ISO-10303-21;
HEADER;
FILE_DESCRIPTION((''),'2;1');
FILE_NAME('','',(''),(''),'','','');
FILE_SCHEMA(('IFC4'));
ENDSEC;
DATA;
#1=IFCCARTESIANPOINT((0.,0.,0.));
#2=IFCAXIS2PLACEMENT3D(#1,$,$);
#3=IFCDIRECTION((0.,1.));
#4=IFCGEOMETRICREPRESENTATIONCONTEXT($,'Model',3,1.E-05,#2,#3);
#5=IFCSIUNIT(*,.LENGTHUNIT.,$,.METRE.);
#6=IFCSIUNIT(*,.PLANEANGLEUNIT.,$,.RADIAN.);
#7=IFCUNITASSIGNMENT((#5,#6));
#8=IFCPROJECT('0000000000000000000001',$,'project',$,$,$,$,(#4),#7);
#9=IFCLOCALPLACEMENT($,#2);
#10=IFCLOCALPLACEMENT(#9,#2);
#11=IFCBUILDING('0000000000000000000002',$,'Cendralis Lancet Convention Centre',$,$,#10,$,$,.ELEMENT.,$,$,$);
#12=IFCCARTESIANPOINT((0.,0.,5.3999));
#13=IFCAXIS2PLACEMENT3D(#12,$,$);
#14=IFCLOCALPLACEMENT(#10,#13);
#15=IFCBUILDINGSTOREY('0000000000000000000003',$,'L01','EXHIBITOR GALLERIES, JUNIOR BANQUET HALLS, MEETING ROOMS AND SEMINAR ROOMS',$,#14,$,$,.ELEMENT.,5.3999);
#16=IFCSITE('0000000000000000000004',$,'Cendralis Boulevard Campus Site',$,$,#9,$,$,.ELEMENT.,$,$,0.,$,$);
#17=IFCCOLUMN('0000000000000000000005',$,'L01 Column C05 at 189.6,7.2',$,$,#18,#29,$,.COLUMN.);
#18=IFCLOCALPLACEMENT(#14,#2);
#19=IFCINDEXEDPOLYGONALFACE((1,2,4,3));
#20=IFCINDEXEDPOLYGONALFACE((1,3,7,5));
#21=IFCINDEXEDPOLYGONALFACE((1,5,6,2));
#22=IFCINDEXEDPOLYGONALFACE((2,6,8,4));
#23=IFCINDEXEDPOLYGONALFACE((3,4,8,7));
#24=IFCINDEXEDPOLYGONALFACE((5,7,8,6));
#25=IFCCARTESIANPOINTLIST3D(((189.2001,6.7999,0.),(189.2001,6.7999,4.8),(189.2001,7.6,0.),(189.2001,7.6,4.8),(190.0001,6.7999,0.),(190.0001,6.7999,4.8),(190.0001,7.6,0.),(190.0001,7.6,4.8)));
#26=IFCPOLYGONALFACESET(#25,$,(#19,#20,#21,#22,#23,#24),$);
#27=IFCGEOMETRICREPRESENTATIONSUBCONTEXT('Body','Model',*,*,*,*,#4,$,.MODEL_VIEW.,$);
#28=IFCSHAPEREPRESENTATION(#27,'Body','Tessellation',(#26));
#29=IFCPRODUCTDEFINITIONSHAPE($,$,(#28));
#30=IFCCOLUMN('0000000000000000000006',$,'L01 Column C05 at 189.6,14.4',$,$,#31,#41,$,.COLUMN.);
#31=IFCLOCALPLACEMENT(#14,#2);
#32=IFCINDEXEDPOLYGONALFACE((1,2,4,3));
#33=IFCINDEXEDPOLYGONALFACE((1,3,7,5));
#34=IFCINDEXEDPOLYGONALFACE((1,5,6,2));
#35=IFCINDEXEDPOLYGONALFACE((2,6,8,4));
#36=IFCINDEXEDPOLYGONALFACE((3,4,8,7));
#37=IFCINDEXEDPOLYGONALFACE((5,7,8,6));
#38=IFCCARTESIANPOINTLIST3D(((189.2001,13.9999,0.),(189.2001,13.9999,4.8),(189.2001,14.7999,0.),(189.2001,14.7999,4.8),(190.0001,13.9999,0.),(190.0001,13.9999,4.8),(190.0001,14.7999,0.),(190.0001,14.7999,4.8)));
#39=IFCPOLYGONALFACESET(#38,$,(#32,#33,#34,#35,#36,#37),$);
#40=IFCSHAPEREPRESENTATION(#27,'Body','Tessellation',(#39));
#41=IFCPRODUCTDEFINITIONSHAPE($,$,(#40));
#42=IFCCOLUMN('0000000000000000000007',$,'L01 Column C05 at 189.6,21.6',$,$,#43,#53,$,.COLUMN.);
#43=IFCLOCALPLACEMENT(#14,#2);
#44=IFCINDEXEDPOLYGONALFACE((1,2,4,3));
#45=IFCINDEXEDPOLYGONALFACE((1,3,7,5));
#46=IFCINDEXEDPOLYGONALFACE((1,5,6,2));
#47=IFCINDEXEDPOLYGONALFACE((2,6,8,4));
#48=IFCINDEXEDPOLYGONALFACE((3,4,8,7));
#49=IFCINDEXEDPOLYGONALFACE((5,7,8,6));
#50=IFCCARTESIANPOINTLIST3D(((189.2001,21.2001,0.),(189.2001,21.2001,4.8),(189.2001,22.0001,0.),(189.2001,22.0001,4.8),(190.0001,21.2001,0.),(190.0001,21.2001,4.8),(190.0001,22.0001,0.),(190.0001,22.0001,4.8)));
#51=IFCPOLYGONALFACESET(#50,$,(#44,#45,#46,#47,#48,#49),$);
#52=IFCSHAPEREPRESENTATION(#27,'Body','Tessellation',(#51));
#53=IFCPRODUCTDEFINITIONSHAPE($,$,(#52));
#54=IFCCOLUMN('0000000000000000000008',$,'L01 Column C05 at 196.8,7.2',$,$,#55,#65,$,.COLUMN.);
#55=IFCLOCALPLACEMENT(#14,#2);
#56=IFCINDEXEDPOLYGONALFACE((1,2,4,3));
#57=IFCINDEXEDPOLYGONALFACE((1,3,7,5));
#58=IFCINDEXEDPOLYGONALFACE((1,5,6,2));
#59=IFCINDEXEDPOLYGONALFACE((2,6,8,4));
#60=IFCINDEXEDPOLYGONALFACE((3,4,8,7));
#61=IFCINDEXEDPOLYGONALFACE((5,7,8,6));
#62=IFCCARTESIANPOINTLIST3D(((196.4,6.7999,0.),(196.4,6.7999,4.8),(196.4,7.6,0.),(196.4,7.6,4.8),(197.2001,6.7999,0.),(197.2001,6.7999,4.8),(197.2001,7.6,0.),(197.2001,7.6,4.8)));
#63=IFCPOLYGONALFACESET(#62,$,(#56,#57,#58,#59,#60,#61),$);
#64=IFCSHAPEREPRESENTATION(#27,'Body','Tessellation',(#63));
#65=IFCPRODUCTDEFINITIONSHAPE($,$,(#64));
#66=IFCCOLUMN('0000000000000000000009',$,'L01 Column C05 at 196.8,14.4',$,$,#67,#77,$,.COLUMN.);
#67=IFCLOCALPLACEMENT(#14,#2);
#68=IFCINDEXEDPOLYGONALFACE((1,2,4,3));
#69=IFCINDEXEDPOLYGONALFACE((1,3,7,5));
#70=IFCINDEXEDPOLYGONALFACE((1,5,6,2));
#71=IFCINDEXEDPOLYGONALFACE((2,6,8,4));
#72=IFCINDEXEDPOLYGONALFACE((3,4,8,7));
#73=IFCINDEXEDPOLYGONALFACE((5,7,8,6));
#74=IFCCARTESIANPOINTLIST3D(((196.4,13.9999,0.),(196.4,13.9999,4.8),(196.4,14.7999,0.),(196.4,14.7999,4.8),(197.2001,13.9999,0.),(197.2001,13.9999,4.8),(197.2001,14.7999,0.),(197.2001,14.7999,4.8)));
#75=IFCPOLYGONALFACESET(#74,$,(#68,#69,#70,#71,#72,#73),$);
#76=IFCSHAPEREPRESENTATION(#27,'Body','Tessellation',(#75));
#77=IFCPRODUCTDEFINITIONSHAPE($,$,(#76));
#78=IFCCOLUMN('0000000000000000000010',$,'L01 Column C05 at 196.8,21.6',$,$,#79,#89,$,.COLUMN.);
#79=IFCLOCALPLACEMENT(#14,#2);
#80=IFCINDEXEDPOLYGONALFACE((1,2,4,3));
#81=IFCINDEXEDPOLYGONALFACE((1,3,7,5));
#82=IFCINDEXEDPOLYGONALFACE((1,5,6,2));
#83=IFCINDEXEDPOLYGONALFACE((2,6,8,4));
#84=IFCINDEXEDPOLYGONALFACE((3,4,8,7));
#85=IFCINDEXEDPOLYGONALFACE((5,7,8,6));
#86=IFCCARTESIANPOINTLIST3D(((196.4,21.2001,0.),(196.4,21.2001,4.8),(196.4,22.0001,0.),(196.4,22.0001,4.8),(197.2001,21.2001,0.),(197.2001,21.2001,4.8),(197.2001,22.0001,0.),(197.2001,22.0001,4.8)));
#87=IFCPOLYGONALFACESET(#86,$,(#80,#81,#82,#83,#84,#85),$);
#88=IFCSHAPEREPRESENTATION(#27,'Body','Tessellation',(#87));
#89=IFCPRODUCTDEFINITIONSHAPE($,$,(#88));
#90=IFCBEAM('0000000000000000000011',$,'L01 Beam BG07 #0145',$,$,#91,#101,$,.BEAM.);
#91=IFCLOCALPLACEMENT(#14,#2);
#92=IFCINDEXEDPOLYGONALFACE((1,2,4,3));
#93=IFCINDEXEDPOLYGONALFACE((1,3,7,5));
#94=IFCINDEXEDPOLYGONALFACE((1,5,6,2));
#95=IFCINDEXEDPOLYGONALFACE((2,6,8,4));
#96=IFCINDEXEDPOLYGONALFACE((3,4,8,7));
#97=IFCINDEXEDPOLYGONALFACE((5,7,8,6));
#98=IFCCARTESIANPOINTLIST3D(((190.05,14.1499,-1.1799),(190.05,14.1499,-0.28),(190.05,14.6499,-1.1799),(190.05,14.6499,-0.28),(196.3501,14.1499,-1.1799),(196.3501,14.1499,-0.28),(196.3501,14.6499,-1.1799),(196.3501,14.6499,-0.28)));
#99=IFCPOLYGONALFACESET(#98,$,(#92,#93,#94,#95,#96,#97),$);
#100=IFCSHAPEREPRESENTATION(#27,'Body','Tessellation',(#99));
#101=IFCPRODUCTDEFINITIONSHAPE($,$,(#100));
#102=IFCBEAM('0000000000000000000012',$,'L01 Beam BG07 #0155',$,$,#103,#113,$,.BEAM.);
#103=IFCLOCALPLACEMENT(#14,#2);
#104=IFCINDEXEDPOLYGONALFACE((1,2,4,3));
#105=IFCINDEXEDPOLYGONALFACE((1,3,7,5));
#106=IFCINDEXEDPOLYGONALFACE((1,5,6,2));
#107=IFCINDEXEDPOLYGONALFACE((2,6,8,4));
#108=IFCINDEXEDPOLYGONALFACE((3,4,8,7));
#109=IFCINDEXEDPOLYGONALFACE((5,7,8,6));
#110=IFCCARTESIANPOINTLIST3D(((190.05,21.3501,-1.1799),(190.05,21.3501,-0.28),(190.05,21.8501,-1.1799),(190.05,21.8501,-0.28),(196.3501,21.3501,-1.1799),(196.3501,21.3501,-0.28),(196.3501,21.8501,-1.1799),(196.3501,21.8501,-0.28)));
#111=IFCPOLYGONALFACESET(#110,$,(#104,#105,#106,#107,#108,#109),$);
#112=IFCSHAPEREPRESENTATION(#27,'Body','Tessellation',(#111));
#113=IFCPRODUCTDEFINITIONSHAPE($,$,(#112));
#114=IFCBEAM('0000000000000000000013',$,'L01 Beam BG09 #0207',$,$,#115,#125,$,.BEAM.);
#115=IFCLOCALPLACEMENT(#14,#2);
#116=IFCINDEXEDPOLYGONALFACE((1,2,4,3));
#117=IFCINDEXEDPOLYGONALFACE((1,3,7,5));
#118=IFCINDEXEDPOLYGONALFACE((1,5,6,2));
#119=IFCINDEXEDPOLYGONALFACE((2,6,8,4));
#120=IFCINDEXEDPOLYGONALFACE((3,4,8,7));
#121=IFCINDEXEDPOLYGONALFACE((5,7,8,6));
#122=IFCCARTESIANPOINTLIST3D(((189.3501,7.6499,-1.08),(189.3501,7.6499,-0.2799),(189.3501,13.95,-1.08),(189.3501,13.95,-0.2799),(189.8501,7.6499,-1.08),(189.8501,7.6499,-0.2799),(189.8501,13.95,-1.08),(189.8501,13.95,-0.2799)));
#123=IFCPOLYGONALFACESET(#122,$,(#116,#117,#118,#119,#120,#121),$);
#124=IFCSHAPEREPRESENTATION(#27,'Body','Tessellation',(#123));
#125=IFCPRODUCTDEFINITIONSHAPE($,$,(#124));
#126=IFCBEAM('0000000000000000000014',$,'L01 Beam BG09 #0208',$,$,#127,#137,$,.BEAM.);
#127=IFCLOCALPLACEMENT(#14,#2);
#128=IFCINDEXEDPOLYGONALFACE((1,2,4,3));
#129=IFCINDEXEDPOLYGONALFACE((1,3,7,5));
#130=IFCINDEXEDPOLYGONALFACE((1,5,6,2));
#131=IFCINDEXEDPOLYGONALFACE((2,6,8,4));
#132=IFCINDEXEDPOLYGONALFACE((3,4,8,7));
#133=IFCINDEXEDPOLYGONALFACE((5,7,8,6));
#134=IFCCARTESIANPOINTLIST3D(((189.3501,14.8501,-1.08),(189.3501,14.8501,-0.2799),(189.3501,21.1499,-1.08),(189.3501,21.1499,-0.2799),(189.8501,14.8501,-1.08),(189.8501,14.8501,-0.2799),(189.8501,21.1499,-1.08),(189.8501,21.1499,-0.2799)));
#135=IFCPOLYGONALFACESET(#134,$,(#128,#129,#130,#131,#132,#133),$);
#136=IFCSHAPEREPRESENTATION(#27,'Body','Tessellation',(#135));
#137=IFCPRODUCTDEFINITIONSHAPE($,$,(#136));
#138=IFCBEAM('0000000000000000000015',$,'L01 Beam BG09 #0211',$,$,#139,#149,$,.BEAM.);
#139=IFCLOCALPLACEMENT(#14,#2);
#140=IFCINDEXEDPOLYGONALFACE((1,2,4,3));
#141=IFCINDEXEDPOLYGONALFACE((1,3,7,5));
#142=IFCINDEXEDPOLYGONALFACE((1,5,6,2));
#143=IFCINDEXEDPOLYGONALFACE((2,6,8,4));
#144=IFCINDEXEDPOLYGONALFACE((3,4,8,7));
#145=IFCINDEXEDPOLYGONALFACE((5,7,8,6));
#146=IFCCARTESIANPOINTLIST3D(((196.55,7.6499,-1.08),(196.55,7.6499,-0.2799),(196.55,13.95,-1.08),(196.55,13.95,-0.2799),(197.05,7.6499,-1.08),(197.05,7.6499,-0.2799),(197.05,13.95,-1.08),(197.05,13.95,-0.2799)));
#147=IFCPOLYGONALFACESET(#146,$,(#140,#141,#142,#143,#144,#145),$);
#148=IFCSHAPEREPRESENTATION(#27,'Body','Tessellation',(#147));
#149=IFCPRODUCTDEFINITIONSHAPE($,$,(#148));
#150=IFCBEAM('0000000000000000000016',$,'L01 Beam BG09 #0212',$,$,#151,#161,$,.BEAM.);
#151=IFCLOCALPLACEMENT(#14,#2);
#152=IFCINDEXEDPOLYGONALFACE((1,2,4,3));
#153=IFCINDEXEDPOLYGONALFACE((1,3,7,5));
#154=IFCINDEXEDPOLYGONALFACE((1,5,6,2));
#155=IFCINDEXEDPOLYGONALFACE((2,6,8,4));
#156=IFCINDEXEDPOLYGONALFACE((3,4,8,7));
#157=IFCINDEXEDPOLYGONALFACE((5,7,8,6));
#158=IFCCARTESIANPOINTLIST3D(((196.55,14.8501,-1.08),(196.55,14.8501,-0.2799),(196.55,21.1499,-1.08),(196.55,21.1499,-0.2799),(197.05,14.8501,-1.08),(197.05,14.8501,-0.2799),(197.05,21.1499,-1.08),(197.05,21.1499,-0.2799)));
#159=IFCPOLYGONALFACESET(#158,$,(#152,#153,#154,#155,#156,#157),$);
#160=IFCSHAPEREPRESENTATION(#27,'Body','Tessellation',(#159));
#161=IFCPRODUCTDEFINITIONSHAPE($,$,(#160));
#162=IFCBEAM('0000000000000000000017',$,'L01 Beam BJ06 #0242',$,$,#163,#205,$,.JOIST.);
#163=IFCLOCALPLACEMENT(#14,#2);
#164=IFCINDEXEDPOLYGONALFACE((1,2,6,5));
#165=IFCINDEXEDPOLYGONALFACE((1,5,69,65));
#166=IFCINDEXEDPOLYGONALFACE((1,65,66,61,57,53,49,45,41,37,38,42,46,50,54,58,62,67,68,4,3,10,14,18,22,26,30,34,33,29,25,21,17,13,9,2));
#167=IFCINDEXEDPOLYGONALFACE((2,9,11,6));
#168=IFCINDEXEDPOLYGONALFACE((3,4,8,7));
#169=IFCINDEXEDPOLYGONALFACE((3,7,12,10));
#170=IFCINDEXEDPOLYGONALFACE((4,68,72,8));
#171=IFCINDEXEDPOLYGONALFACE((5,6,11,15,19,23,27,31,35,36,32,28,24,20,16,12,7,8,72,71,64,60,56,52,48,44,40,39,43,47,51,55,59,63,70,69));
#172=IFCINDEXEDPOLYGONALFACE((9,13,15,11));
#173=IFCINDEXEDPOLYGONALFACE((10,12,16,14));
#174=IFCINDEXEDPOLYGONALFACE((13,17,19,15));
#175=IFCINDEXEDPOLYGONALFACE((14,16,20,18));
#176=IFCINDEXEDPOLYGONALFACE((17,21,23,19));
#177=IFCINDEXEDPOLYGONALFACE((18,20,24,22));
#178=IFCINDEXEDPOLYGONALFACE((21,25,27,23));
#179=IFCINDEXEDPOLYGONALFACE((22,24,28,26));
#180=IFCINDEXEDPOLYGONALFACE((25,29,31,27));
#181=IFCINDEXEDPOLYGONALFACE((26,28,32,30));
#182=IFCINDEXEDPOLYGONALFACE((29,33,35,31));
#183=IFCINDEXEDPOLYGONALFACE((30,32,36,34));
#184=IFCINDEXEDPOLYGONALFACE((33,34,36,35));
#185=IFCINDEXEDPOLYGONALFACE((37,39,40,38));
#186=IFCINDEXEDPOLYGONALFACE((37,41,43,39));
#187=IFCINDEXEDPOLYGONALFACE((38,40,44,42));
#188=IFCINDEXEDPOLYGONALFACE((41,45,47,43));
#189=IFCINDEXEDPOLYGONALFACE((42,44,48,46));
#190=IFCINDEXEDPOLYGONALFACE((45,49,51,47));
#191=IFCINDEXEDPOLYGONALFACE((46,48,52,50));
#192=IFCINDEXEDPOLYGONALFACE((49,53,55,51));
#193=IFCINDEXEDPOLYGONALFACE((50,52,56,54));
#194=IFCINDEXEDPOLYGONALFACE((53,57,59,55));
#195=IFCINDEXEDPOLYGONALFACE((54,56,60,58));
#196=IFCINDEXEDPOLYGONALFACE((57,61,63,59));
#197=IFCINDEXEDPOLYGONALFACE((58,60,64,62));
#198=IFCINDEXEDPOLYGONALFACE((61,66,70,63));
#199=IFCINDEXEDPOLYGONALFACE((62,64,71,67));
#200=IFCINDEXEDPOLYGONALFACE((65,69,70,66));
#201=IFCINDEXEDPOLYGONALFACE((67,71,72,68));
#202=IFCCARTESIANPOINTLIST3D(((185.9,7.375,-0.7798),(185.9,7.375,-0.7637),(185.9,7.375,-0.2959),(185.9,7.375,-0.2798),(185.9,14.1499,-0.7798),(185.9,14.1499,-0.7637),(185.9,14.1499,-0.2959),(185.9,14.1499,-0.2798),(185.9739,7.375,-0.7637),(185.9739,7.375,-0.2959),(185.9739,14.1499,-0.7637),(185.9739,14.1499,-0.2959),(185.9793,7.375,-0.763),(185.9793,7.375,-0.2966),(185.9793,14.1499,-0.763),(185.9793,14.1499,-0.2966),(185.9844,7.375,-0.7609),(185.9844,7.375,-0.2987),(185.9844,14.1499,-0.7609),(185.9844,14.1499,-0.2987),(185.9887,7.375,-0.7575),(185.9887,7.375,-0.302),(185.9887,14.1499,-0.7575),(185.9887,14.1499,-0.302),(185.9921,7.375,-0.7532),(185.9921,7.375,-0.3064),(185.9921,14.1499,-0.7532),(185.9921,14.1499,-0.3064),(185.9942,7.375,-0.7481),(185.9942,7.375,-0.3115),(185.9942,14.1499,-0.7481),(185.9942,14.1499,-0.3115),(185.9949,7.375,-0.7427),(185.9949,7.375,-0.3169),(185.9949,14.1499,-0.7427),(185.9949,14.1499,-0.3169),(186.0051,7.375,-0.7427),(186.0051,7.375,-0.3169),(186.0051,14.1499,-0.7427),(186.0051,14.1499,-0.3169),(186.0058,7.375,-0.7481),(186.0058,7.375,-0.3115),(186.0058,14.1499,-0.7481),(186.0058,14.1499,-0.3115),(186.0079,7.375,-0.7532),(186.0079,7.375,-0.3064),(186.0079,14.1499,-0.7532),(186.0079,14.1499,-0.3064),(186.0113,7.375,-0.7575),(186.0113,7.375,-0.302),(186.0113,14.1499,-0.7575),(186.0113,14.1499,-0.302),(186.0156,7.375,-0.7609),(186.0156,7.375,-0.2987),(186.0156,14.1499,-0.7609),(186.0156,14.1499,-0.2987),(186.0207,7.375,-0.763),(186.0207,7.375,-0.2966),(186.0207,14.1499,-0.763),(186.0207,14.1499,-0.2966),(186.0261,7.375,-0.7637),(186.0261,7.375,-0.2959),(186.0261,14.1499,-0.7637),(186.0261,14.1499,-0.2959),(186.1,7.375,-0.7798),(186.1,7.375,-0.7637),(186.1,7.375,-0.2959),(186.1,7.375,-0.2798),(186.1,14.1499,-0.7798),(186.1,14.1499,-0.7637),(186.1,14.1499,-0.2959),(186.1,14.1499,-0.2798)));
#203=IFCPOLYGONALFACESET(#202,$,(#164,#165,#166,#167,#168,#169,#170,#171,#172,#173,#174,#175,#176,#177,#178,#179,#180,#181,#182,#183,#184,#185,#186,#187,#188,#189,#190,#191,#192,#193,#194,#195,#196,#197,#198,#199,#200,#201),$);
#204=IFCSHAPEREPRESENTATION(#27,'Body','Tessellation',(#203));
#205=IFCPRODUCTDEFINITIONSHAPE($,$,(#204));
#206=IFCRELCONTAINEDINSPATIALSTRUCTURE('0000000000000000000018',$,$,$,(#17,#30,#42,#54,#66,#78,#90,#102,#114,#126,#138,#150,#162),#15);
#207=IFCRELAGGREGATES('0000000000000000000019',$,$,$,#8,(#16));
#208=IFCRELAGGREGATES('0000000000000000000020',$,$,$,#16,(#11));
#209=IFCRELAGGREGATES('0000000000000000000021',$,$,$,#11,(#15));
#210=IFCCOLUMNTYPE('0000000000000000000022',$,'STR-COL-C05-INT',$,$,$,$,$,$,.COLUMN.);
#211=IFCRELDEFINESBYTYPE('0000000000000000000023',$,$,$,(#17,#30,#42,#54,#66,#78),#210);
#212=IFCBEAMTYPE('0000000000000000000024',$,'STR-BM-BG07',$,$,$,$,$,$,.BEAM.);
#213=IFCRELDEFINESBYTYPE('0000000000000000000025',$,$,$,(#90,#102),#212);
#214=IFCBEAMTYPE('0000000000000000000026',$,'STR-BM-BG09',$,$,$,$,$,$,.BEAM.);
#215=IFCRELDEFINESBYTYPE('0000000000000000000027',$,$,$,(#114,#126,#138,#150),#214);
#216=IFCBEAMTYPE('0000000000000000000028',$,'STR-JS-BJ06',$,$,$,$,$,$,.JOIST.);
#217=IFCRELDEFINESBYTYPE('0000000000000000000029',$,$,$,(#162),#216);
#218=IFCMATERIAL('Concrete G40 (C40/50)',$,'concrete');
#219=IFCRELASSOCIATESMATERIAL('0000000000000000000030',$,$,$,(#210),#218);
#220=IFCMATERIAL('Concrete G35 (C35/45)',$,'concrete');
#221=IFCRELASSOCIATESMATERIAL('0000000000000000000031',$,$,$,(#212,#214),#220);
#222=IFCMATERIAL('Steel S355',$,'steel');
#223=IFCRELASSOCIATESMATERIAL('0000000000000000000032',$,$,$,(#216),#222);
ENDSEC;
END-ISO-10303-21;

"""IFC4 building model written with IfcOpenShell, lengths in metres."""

from ifc_helpers import new_model, si_unit, direction, frame, origin, origin_2d, place, context, subcontext, project, spatial, rectangle, i_section, extrude, material, material_profile, profile_set, type_object, element, save


model = new_model("IFC4")

# Units and contexts
model_context = context("Model", 3, precision=1e-05, world=origin(), true_north=direction((0.0, 1.0)))
body_context = subcontext(model_context, "Body", "Model", "MODEL_VIEW")
ifc_project = project(units=[si_unit("LENGTHUNIT", "METRE"), si_unit("PLANEANGLEUNIT", "RADIAN")], contexts=[model_context])

# Site, building, storey
site_placement = place(None, origin())
site = spatial("IfcSite", under=ifc_project, at=site_placement, Name="Cendralis Boulevard Campus Site", CompositionType="ELEMENT", RefElevation=0.0)
building_placement = place(site_placement, origin())
building = spatial("IfcBuilding", under=site, at=building_placement, Name="Cendralis Lancet Convention Centre", CompositionType="ELEMENT")
storey_placement = place(building_placement, frame((0.0, 0.0, 5.3999)))
storey = spatial("IfcBuildingStorey", under=building, at=storey_placement, Name="L01", Description="EXHIBITOR GALLERIES, JUNIOR BANQUET HALLS, MEETING ROOMS AND SEMINAR ROOMS", CompositionType="ELEMENT", Elevation=5.3999)

# Columns
ifc_material_1 = material(Name="Concrete G40 (C40/50)", Category="concrete")
ifc_material_profile_1 = material_profile(ifc_material_1, rectangle(XDim=0.8, YDim=0.8, at=origin_2d()), Name="RC 800x800")
ifc_profile_set_1 = profile_set([ifc_material_profile_1], Name="Concrete G40 (C40/50)")
column_type = type_object("IfcColumnType", Name="STR-COL-C05-INT", PredefinedType="COLUMN", material=ifc_profile_set_1)
for number, where, z_axis, x_axis, name in (
    (1, (189.6001, 7.2, 0.0), (0.0, 0.0, 1.0), (1.0, 0.0, 0.0), "L01 Column C05 at 189.6,7.2"),
    (2, (189.6001, 14.3999, 0.0), (0.0, 0.0, 1.0), (1.0, 0.0, 0.0), "L01 Column C05 at 189.6,14.4"),
    (3, (189.6001, 21.6001, 0.0), (0.0, 0.0, 1.0), (1.0, 0.0, 0.0), "L01 Column C05 at 189.6,21.6"),
    (4, (196.8, 7.2, 0.0), (0.0, 0.0, 1.0), (1.0, 0.0, 0.0), "L01 Column C05 at 196.8,7.2"),
    (5, (196.8, 14.3999, 0.0), (0.0, 0.0, 1.0), (1.0, 0.0, 0.0), "L01 Column C05 at 196.8,14.4"),
    (6, (196.8, 21.6001, 0.0), (0.0, 0.0, 1.0), (1.0, 0.0, 0.0), "L01 Column C05 at 196.8,21.6"),
):
    element("IfcColumn", number, at=place(storey_placement, frame(where, z_axis=z_axis, x_axis=x_axis)), inside=storey, type_object=column_type, Name=name, PredefinedType="COLUMN", context=body_context, shape_type="SweptSolid", body=[
        extrude(rectangle(XDim=0.8, YDim=0.8, at=origin_2d()), origin(), (0.0, 0.0, 1.0), 4.8),
    ])

# Beams
ifc_material_2 = material(Name="Concrete G35 (C35/45)", Category="concrete")
ifc_material_profile_2 = material_profile(ifc_material_2, rectangle(XDim=0.5, YDim=0.8999, at=origin_2d()), Name="RCB 500x900")
ifc_profile_set_2 = profile_set([ifc_material_profile_2], Name="Concrete G35 (C35/45)")
beam_type_1 = type_object("IfcBeamType", Name="STR-BM-BG07", PredefinedType="BEAM", material=ifc_profile_set_2)
for number, where, z_axis, x_axis, name in (
    (7, (190.05, 14.3999, -0.73), (1.0, 0.0, 0.0), (0.0, 1.0, 0.0), "L01 Beam BG07 #0145"),
    (8, (190.05, 21.6001, -0.73), (1.0, 0.0, 0.0), (0.0, 1.0, 0.0), "L01 Beam BG07 #0155"),
):
    element("IfcBeam", number, at=place(storey_placement, frame(where, z_axis=z_axis, x_axis=x_axis)), inside=storey, type_object=beam_type_1, Name=name, PredefinedType="BEAM", context=body_context, shape_type="SweptSolid", body=[
        extrude(rectangle(XDim=0.5, YDim=0.8999, at=origin_2d()), origin(), (0.0, 0.0, 1.0), 6.3),
    ])
ifc_material_profile_3 = material_profile(ifc_material_2, rectangle(XDim=0.5, YDim=0.8, at=origin_2d()), Name="RCB 500x800")
ifc_profile_set_3 = profile_set([ifc_material_profile_3], Name="Concrete G35 (C35/45)")
beam_type_2 = type_object("IfcBeamType", Name="STR-BM-BG09", PredefinedType="BEAM", material=ifc_profile_set_3)
beam_1_placement = place(storey_placement, frame((189.6001, 7.6499, -0.6799), z_axis=(0.0, 1.0, 0.0), x_axis=(-1.0, 0.0, 0.0)))
element("IfcBeam", 9, at=beam_1_placement, inside=storey, type_object=beam_type_2, Name="L01 Beam BG09 #0207", PredefinedType="BEAM", context=body_context, shape_type="SweptSolid", body=[
    extrude(rectangle(XDim=0.5, YDim=0.8, at=origin_2d()), origin(), (0.0, 0.0, 1.0), 6.3),
])
beam_2_placement = place(storey_placement, frame((189.6001, 14.8501, -0.6799), z_axis=(0.0, 1.0, 0.0), x_axis=(-1.0, 0.0, 0.0)))
element("IfcBeam", 10, at=beam_2_placement, inside=storey, type_object=beam_type_2, Name="L01 Beam BG09 #0208", PredefinedType="BEAM", context=body_context, shape_type="SweptSolid", body=[
    extrude(rectangle(XDim=0.5, YDim=0.8, at=origin_2d()), origin(), (0.0, 0.0, 1.0), 6.2998),
])
beam_3_placement = place(storey_placement, frame((196.8, 7.6499, -0.6799), z_axis=(0.0, 1.0, 0.0), x_axis=(-1.0, 0.0, 0.0)))
element("IfcBeam", 11, at=beam_3_placement, inside=storey, type_object=beam_type_2, Name="L01 Beam BG09 #0211", PredefinedType="BEAM", context=body_context, shape_type="SweptSolid", body=[
    extrude(rectangle(XDim=0.5, YDim=0.8, at=origin_2d()), origin(), (0.0, 0.0, 1.0), 6.3),
])
beam_4_placement = place(storey_placement, frame((196.8, 14.8501, -0.6799), z_axis=(0.0, 1.0, 0.0), x_axis=(-1.0, 0.0, 0.0)))
element("IfcBeam", 12, at=beam_4_placement, inside=storey, type_object=beam_type_2, Name="L01 Beam BG09 #0212", PredefinedType="BEAM", context=body_context, shape_type="SweptSolid", body=[
    extrude(rectangle(XDim=0.5, YDim=0.8, at=origin_2d()), origin(), (0.0, 0.0, 1.0), 6.2998),
])
ifc_material_3 = material(Name="Steel S355", Category="steel")
ifc_material_profile_4 = material_profile(ifc_material_3, i_section(OverallWidth=0.2, OverallDepth=0.5, WebThickness=0.0103, FlangeThickness=0.0161, FilletRadius=0.021, at=origin_2d()), Name="IPE 500")
ifc_profile_set_4 = profile_set([ifc_material_profile_4], Name="Steel S355")
beam_type_3 = type_object("IfcBeamType", Name="STR-JS-BJ06", PredefinedType="JOIST", material=ifc_profile_set_4)
beam_5_placement = place(storey_placement, frame((186.0, 7.375, -0.5298), z_axis=(0.0, 1.0, 0.0), x_axis=(-1.0, 0.0, 0.0)))
element("IfcBeam", 13, at=beam_5_placement, inside=storey, type_object=beam_type_3, Name="L01 Beam BJ06 #0242", PredefinedType="JOIST", context=body_context, shape_type="SweptSolid", body=[
    extrude(i_section(OverallWidth=0.2, OverallDepth=0.5, WebThickness=0.0103, FlangeThickness=0.0161, FilletRadius=0.021, at=origin_2d()), origin(), (0.0, 0.0, 1.0), 6.7749),
])

save(model, "model.ifc")
